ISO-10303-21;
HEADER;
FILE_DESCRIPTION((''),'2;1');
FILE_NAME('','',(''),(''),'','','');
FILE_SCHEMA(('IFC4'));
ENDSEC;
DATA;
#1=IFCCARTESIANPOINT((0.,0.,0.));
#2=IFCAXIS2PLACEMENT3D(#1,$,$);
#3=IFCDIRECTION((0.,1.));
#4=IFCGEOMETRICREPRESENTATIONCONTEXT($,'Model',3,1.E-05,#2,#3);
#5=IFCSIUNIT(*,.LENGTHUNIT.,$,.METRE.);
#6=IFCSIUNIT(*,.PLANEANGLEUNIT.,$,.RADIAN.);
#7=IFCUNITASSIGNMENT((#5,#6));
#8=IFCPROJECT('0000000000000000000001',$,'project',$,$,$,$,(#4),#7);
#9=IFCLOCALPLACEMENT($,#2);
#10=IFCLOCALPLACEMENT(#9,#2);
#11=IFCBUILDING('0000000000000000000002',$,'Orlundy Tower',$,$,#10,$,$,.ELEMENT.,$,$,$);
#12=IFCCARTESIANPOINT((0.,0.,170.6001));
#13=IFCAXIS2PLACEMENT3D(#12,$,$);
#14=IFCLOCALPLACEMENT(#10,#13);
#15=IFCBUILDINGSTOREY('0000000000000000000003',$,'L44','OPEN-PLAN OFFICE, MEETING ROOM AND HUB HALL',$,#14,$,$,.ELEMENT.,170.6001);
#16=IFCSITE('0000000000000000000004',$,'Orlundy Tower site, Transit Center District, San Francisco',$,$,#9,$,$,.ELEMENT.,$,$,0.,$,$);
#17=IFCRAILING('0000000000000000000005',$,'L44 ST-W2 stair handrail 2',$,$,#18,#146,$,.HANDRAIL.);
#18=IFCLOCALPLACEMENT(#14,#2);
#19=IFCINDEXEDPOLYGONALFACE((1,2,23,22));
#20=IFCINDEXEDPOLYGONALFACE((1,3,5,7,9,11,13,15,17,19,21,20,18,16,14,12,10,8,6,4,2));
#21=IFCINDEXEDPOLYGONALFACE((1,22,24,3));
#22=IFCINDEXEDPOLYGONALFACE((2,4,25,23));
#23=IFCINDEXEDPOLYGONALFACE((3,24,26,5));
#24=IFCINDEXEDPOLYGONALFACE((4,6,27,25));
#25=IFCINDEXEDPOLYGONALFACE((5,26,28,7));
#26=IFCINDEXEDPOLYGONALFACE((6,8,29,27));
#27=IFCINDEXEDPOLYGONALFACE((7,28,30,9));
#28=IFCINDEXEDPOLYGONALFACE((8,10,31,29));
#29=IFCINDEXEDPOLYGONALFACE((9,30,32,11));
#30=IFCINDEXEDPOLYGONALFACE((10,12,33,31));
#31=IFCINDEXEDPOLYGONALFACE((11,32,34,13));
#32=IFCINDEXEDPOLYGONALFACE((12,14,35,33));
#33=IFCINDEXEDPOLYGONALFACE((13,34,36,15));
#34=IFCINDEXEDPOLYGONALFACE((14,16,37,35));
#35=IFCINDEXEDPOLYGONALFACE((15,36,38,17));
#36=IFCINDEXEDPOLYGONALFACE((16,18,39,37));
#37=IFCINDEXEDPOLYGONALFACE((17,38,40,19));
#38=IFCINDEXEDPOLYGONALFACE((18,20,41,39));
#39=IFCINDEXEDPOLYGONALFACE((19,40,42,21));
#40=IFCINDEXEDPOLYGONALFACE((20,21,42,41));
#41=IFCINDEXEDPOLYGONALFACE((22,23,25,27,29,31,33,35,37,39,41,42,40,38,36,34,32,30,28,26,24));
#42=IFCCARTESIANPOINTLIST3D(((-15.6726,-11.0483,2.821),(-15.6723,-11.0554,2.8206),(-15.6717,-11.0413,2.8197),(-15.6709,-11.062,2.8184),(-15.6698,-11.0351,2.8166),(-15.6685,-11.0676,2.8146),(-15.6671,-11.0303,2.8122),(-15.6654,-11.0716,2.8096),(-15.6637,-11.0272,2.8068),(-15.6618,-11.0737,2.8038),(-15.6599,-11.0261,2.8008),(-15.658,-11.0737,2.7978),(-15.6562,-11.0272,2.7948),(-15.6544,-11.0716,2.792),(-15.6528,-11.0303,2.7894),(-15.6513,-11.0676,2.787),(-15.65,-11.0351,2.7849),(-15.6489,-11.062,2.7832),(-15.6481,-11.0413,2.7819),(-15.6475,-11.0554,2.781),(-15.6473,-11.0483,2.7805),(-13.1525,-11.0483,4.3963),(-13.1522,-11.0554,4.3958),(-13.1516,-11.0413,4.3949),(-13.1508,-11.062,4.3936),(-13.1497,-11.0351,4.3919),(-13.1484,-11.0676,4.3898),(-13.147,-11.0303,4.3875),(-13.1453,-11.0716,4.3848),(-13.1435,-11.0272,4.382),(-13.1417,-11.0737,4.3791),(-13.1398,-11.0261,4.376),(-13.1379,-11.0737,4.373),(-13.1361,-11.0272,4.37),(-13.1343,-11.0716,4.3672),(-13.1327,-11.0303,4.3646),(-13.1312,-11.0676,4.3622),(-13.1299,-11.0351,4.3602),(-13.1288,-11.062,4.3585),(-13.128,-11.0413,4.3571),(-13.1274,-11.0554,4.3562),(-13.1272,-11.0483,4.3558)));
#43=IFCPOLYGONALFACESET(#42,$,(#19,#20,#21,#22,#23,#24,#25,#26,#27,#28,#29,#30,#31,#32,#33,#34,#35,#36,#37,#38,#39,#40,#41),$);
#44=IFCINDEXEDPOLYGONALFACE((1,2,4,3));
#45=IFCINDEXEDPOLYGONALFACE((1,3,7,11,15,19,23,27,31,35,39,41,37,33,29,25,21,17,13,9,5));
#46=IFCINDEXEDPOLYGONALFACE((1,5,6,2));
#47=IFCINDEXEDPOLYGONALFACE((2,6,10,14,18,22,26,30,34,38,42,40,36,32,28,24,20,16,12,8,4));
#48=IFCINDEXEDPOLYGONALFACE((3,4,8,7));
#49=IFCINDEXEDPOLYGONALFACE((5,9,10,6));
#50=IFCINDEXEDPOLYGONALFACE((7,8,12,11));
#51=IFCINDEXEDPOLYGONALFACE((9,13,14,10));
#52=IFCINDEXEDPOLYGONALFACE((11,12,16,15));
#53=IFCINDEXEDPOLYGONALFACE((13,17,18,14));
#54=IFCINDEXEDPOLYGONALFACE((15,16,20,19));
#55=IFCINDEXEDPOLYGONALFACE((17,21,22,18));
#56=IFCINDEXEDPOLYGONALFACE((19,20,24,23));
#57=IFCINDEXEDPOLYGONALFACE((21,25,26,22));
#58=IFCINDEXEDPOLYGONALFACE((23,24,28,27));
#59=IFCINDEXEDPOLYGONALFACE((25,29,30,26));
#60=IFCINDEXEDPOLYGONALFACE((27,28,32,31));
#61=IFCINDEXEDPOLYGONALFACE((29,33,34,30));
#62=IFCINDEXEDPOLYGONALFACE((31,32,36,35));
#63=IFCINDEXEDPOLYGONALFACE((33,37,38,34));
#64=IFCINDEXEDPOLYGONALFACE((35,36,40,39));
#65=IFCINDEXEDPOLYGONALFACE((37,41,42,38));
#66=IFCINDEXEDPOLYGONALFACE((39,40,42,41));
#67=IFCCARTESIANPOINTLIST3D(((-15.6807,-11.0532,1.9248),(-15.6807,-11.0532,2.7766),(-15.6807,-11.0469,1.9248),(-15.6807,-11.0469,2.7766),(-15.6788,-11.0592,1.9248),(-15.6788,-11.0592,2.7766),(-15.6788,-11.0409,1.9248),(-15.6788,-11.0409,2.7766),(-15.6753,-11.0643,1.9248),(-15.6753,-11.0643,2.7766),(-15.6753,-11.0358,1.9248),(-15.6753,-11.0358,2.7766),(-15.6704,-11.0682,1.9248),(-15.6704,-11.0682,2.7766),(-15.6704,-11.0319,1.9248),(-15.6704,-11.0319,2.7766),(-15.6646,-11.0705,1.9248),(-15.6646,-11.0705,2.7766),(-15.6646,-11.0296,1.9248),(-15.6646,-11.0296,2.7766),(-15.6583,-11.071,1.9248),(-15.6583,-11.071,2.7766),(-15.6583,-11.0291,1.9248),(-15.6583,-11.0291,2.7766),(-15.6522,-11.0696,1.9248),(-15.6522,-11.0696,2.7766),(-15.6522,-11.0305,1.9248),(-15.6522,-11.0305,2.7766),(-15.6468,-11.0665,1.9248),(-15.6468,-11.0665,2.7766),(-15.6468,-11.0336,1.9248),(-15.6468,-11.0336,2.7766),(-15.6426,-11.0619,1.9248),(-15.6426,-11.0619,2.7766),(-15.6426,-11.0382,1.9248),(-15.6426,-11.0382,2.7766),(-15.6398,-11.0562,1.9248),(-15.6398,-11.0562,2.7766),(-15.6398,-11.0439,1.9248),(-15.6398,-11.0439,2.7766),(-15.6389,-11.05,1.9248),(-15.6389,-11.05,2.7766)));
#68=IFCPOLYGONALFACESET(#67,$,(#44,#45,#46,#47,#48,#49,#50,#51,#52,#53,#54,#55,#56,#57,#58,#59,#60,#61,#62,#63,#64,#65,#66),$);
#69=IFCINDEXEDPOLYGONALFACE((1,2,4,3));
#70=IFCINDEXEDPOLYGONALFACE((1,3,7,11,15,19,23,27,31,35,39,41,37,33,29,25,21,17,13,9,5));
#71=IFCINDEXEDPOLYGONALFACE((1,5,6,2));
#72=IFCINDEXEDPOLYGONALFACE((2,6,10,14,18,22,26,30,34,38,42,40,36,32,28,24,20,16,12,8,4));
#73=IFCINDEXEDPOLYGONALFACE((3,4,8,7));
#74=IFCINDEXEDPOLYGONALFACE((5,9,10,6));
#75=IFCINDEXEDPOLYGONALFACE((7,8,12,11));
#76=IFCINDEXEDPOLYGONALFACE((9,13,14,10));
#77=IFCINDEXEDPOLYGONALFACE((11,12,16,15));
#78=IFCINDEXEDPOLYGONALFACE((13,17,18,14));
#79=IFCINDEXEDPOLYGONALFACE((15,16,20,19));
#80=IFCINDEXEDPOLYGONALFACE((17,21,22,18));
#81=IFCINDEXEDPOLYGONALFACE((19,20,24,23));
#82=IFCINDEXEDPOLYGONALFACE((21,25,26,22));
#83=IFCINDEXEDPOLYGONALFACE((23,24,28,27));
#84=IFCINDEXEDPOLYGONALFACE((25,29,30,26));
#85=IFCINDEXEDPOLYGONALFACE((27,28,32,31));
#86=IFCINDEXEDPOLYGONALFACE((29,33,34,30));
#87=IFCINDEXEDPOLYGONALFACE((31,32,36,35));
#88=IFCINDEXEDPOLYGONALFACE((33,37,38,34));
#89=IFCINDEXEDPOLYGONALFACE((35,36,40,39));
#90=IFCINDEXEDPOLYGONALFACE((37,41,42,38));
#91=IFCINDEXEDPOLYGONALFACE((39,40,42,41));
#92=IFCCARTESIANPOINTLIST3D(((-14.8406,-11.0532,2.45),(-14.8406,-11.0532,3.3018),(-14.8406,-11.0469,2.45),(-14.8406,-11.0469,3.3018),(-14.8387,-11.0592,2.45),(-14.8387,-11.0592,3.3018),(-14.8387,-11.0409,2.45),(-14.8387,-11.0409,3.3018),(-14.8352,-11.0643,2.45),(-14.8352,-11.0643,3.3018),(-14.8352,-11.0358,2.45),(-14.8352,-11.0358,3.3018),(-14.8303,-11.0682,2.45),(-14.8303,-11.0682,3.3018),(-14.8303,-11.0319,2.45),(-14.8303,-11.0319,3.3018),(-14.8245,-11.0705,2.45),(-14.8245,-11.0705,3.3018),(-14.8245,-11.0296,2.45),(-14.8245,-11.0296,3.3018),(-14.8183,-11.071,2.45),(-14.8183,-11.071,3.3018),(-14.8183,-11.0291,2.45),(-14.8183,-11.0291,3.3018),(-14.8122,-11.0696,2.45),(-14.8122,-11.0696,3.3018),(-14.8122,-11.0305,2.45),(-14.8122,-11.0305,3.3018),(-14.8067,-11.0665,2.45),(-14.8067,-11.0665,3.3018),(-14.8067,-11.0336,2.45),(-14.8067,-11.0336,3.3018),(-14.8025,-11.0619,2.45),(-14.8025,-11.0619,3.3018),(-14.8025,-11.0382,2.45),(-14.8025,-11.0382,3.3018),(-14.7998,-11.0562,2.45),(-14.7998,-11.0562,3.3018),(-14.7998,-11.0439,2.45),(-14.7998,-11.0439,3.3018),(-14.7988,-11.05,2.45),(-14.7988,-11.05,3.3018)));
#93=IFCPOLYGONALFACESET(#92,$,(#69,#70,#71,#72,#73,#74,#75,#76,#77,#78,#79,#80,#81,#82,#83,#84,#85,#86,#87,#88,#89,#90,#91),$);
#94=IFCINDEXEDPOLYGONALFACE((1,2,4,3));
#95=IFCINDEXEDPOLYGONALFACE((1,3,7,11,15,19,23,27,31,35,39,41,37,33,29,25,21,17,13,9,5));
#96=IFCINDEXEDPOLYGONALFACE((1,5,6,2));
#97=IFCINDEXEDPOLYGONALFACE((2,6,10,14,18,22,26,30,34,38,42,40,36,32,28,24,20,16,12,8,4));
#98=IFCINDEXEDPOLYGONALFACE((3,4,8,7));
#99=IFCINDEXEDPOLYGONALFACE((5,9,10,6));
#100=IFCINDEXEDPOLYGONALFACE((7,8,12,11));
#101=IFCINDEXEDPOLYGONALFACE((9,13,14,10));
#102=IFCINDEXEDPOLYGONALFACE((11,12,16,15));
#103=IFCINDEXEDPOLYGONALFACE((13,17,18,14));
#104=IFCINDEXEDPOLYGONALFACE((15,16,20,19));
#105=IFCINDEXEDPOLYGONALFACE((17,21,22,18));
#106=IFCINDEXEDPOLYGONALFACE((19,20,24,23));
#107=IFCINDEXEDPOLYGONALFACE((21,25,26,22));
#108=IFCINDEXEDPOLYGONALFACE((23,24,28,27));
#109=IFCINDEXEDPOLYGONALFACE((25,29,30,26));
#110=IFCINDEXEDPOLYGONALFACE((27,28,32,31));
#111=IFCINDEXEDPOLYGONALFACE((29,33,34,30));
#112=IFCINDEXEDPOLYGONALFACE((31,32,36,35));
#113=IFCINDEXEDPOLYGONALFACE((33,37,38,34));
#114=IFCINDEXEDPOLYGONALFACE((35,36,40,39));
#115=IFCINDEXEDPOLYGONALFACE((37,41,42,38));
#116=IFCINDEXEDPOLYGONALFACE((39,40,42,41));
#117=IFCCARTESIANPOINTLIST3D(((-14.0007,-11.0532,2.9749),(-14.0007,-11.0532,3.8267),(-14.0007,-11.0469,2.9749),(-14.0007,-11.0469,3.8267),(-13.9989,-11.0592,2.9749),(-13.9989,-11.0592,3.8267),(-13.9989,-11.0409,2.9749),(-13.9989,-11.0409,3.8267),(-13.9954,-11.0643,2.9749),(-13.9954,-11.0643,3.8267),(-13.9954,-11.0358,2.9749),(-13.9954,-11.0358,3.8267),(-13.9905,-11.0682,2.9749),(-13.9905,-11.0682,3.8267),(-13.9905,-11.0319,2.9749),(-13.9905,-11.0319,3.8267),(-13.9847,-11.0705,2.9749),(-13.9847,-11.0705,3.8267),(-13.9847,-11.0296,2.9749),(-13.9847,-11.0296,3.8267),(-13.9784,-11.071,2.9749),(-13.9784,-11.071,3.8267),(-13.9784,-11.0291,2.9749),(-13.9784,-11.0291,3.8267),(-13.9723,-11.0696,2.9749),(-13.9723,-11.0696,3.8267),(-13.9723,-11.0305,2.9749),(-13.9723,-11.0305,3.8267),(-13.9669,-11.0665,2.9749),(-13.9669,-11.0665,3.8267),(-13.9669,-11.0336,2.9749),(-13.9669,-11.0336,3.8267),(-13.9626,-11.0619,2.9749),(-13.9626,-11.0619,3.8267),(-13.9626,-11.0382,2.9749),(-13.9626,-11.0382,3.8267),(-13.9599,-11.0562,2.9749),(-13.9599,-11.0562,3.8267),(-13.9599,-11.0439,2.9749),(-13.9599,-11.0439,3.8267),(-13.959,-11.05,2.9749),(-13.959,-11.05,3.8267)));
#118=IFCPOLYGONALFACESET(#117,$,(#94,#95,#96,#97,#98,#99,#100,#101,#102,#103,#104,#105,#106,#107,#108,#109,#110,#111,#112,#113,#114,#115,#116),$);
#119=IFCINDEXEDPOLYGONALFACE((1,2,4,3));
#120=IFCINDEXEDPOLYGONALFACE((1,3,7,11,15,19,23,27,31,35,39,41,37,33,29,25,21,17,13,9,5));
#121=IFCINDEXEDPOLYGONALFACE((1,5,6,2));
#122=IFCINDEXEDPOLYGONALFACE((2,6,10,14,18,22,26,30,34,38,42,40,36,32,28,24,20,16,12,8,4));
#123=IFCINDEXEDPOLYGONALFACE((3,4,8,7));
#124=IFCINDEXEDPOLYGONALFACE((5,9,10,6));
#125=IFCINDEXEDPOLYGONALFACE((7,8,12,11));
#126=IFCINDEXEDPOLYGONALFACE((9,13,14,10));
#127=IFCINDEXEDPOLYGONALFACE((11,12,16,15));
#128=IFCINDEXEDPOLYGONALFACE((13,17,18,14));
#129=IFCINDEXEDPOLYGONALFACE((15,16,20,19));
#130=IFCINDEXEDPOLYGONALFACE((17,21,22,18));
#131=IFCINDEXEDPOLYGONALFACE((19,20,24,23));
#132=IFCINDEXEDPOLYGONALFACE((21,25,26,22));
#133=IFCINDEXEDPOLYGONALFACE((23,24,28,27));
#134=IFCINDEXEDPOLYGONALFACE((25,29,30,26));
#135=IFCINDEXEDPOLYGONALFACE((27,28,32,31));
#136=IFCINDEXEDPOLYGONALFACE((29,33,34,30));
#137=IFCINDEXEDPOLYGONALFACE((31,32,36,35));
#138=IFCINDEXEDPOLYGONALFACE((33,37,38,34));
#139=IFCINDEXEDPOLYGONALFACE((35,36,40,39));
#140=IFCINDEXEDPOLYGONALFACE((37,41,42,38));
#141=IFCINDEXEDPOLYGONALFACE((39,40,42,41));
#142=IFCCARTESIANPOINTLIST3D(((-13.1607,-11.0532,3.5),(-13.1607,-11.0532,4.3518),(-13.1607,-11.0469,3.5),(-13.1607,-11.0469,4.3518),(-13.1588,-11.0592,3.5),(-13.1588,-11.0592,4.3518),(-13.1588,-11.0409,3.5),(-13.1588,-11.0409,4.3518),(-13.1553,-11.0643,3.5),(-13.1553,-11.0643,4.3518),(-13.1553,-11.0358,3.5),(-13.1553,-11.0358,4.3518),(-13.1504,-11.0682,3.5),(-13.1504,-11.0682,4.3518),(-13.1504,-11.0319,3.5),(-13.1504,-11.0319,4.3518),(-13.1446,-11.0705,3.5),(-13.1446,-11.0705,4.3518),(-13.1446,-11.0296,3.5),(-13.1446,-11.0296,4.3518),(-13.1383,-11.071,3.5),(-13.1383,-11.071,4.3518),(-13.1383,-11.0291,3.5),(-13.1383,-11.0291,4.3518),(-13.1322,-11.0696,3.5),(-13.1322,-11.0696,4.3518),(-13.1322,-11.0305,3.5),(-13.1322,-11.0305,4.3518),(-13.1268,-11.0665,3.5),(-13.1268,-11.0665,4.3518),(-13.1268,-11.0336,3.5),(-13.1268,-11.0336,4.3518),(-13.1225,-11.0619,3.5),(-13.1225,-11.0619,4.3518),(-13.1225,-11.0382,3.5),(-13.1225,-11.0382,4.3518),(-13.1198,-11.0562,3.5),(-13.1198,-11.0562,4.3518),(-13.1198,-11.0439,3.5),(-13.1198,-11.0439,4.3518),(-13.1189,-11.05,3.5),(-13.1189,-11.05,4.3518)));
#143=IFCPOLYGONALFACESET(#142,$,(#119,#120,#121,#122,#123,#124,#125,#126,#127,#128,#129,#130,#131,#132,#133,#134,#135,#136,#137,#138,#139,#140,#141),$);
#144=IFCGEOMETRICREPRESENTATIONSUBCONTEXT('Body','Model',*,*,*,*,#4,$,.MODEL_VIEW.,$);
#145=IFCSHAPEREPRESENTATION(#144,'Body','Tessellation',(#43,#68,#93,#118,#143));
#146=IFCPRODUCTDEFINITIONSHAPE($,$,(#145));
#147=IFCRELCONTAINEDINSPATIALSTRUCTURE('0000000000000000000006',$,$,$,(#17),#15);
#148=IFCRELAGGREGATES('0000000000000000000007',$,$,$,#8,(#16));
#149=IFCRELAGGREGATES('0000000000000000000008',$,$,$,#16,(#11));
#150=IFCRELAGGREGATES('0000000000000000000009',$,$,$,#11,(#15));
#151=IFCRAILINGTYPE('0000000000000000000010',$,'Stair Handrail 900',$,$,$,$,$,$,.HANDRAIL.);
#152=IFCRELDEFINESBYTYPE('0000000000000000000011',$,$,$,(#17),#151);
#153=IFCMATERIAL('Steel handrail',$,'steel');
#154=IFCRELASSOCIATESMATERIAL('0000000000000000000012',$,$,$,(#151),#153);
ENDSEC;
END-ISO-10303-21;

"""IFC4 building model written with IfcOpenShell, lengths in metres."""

from ifc_helpers import new_model, si_unit, direction, frame, origin, origin_2d, place, context, subcontext, project, spatial, circle, extrude, material, type_object, element, save


model = new_model("IFC4")

# Units and contexts
model_context = context("Model", 3, precision=1e-05, world=origin(), true_north=direction((0.0, 1.0)))
body_context = subcontext(model_context, "Body", "Model", "MODEL_VIEW")
ifc_project = project(units=[si_unit("LENGTHUNIT", "METRE"), si_unit("PLANEANGLEUNIT", "RADIAN")], contexts=[model_context])

# Site, building, storey
site_placement = place(None, origin())
site = spatial("IfcSite", under=ifc_project, at=site_placement, Name="Orlundy Tower site, Transit Center District, San Francisco", CompositionType="ELEMENT", RefElevation=0.0)
building_placement = place(site_placement, origin())
building = spatial("IfcBuilding", under=site, at=building_placement, Name="Orlundy Tower", CompositionType="ELEMENT")
storey_placement = place(building_placement, frame((0.0, 0.0, 170.6001)))
storey = spatial("IfcBuildingStorey", under=building, at=storey_placement, Name="L44", Description="OPEN-PLAN OFFICE, MEETING ROOM AND HUB HALL", CompositionType="ELEMENT", Elevation=170.6001)

# Railing
ifc_material_1 = material(Name="Steel handrail", Category="steel")
railing_type = type_object("IfcRailingType", Name="Stair Handrail 900", PredefinedType="HANDRAIL", material=ifc_material_1)
railing_placement = place(storey_placement, frame((-15.6599, -11.05, 1.9248)))
element("IfcRailing", 1, at=railing_placement, inside=storey, type_object=railing_type, Name="L44 ST-W2 stair handrail 2", PredefinedType="HANDRAIL", context=body_context, shape_type="SweptSolid", body=[
    extrude(circle(Radius=0.0239, at=origin_2d()), frame((0.0, 0.0, 0.876), z_axis=(0.847971, 0.0, 0.530043), x_axis=(0.0, 1.0, 0.0)), (0.0, 0.0, 1.0), 2.9719),
    extrude(circle(Radius=0.021, at=origin_2d()), origin(), (0.0, 0.0, 1.0), 0.8518),
    extrude(circle(Radius=0.021, at=origin_2d()), frame((0.8401, 0.0, 0.5251)), (0.0, 0.0, 1.0), 0.8518),
    extrude(circle(Radius=0.021, at=origin_2d()), frame((1.6799, 0.0, 1.05)), (0.0, 0.0, 1.0), 0.8518),
    extrude(circle(Radius=0.021, at=origin_2d()), frame((2.52, 0.0, 1.5752)), (0.0, 0.0, 1.0), 0.8518),
])

save(model, "model.ifc")
